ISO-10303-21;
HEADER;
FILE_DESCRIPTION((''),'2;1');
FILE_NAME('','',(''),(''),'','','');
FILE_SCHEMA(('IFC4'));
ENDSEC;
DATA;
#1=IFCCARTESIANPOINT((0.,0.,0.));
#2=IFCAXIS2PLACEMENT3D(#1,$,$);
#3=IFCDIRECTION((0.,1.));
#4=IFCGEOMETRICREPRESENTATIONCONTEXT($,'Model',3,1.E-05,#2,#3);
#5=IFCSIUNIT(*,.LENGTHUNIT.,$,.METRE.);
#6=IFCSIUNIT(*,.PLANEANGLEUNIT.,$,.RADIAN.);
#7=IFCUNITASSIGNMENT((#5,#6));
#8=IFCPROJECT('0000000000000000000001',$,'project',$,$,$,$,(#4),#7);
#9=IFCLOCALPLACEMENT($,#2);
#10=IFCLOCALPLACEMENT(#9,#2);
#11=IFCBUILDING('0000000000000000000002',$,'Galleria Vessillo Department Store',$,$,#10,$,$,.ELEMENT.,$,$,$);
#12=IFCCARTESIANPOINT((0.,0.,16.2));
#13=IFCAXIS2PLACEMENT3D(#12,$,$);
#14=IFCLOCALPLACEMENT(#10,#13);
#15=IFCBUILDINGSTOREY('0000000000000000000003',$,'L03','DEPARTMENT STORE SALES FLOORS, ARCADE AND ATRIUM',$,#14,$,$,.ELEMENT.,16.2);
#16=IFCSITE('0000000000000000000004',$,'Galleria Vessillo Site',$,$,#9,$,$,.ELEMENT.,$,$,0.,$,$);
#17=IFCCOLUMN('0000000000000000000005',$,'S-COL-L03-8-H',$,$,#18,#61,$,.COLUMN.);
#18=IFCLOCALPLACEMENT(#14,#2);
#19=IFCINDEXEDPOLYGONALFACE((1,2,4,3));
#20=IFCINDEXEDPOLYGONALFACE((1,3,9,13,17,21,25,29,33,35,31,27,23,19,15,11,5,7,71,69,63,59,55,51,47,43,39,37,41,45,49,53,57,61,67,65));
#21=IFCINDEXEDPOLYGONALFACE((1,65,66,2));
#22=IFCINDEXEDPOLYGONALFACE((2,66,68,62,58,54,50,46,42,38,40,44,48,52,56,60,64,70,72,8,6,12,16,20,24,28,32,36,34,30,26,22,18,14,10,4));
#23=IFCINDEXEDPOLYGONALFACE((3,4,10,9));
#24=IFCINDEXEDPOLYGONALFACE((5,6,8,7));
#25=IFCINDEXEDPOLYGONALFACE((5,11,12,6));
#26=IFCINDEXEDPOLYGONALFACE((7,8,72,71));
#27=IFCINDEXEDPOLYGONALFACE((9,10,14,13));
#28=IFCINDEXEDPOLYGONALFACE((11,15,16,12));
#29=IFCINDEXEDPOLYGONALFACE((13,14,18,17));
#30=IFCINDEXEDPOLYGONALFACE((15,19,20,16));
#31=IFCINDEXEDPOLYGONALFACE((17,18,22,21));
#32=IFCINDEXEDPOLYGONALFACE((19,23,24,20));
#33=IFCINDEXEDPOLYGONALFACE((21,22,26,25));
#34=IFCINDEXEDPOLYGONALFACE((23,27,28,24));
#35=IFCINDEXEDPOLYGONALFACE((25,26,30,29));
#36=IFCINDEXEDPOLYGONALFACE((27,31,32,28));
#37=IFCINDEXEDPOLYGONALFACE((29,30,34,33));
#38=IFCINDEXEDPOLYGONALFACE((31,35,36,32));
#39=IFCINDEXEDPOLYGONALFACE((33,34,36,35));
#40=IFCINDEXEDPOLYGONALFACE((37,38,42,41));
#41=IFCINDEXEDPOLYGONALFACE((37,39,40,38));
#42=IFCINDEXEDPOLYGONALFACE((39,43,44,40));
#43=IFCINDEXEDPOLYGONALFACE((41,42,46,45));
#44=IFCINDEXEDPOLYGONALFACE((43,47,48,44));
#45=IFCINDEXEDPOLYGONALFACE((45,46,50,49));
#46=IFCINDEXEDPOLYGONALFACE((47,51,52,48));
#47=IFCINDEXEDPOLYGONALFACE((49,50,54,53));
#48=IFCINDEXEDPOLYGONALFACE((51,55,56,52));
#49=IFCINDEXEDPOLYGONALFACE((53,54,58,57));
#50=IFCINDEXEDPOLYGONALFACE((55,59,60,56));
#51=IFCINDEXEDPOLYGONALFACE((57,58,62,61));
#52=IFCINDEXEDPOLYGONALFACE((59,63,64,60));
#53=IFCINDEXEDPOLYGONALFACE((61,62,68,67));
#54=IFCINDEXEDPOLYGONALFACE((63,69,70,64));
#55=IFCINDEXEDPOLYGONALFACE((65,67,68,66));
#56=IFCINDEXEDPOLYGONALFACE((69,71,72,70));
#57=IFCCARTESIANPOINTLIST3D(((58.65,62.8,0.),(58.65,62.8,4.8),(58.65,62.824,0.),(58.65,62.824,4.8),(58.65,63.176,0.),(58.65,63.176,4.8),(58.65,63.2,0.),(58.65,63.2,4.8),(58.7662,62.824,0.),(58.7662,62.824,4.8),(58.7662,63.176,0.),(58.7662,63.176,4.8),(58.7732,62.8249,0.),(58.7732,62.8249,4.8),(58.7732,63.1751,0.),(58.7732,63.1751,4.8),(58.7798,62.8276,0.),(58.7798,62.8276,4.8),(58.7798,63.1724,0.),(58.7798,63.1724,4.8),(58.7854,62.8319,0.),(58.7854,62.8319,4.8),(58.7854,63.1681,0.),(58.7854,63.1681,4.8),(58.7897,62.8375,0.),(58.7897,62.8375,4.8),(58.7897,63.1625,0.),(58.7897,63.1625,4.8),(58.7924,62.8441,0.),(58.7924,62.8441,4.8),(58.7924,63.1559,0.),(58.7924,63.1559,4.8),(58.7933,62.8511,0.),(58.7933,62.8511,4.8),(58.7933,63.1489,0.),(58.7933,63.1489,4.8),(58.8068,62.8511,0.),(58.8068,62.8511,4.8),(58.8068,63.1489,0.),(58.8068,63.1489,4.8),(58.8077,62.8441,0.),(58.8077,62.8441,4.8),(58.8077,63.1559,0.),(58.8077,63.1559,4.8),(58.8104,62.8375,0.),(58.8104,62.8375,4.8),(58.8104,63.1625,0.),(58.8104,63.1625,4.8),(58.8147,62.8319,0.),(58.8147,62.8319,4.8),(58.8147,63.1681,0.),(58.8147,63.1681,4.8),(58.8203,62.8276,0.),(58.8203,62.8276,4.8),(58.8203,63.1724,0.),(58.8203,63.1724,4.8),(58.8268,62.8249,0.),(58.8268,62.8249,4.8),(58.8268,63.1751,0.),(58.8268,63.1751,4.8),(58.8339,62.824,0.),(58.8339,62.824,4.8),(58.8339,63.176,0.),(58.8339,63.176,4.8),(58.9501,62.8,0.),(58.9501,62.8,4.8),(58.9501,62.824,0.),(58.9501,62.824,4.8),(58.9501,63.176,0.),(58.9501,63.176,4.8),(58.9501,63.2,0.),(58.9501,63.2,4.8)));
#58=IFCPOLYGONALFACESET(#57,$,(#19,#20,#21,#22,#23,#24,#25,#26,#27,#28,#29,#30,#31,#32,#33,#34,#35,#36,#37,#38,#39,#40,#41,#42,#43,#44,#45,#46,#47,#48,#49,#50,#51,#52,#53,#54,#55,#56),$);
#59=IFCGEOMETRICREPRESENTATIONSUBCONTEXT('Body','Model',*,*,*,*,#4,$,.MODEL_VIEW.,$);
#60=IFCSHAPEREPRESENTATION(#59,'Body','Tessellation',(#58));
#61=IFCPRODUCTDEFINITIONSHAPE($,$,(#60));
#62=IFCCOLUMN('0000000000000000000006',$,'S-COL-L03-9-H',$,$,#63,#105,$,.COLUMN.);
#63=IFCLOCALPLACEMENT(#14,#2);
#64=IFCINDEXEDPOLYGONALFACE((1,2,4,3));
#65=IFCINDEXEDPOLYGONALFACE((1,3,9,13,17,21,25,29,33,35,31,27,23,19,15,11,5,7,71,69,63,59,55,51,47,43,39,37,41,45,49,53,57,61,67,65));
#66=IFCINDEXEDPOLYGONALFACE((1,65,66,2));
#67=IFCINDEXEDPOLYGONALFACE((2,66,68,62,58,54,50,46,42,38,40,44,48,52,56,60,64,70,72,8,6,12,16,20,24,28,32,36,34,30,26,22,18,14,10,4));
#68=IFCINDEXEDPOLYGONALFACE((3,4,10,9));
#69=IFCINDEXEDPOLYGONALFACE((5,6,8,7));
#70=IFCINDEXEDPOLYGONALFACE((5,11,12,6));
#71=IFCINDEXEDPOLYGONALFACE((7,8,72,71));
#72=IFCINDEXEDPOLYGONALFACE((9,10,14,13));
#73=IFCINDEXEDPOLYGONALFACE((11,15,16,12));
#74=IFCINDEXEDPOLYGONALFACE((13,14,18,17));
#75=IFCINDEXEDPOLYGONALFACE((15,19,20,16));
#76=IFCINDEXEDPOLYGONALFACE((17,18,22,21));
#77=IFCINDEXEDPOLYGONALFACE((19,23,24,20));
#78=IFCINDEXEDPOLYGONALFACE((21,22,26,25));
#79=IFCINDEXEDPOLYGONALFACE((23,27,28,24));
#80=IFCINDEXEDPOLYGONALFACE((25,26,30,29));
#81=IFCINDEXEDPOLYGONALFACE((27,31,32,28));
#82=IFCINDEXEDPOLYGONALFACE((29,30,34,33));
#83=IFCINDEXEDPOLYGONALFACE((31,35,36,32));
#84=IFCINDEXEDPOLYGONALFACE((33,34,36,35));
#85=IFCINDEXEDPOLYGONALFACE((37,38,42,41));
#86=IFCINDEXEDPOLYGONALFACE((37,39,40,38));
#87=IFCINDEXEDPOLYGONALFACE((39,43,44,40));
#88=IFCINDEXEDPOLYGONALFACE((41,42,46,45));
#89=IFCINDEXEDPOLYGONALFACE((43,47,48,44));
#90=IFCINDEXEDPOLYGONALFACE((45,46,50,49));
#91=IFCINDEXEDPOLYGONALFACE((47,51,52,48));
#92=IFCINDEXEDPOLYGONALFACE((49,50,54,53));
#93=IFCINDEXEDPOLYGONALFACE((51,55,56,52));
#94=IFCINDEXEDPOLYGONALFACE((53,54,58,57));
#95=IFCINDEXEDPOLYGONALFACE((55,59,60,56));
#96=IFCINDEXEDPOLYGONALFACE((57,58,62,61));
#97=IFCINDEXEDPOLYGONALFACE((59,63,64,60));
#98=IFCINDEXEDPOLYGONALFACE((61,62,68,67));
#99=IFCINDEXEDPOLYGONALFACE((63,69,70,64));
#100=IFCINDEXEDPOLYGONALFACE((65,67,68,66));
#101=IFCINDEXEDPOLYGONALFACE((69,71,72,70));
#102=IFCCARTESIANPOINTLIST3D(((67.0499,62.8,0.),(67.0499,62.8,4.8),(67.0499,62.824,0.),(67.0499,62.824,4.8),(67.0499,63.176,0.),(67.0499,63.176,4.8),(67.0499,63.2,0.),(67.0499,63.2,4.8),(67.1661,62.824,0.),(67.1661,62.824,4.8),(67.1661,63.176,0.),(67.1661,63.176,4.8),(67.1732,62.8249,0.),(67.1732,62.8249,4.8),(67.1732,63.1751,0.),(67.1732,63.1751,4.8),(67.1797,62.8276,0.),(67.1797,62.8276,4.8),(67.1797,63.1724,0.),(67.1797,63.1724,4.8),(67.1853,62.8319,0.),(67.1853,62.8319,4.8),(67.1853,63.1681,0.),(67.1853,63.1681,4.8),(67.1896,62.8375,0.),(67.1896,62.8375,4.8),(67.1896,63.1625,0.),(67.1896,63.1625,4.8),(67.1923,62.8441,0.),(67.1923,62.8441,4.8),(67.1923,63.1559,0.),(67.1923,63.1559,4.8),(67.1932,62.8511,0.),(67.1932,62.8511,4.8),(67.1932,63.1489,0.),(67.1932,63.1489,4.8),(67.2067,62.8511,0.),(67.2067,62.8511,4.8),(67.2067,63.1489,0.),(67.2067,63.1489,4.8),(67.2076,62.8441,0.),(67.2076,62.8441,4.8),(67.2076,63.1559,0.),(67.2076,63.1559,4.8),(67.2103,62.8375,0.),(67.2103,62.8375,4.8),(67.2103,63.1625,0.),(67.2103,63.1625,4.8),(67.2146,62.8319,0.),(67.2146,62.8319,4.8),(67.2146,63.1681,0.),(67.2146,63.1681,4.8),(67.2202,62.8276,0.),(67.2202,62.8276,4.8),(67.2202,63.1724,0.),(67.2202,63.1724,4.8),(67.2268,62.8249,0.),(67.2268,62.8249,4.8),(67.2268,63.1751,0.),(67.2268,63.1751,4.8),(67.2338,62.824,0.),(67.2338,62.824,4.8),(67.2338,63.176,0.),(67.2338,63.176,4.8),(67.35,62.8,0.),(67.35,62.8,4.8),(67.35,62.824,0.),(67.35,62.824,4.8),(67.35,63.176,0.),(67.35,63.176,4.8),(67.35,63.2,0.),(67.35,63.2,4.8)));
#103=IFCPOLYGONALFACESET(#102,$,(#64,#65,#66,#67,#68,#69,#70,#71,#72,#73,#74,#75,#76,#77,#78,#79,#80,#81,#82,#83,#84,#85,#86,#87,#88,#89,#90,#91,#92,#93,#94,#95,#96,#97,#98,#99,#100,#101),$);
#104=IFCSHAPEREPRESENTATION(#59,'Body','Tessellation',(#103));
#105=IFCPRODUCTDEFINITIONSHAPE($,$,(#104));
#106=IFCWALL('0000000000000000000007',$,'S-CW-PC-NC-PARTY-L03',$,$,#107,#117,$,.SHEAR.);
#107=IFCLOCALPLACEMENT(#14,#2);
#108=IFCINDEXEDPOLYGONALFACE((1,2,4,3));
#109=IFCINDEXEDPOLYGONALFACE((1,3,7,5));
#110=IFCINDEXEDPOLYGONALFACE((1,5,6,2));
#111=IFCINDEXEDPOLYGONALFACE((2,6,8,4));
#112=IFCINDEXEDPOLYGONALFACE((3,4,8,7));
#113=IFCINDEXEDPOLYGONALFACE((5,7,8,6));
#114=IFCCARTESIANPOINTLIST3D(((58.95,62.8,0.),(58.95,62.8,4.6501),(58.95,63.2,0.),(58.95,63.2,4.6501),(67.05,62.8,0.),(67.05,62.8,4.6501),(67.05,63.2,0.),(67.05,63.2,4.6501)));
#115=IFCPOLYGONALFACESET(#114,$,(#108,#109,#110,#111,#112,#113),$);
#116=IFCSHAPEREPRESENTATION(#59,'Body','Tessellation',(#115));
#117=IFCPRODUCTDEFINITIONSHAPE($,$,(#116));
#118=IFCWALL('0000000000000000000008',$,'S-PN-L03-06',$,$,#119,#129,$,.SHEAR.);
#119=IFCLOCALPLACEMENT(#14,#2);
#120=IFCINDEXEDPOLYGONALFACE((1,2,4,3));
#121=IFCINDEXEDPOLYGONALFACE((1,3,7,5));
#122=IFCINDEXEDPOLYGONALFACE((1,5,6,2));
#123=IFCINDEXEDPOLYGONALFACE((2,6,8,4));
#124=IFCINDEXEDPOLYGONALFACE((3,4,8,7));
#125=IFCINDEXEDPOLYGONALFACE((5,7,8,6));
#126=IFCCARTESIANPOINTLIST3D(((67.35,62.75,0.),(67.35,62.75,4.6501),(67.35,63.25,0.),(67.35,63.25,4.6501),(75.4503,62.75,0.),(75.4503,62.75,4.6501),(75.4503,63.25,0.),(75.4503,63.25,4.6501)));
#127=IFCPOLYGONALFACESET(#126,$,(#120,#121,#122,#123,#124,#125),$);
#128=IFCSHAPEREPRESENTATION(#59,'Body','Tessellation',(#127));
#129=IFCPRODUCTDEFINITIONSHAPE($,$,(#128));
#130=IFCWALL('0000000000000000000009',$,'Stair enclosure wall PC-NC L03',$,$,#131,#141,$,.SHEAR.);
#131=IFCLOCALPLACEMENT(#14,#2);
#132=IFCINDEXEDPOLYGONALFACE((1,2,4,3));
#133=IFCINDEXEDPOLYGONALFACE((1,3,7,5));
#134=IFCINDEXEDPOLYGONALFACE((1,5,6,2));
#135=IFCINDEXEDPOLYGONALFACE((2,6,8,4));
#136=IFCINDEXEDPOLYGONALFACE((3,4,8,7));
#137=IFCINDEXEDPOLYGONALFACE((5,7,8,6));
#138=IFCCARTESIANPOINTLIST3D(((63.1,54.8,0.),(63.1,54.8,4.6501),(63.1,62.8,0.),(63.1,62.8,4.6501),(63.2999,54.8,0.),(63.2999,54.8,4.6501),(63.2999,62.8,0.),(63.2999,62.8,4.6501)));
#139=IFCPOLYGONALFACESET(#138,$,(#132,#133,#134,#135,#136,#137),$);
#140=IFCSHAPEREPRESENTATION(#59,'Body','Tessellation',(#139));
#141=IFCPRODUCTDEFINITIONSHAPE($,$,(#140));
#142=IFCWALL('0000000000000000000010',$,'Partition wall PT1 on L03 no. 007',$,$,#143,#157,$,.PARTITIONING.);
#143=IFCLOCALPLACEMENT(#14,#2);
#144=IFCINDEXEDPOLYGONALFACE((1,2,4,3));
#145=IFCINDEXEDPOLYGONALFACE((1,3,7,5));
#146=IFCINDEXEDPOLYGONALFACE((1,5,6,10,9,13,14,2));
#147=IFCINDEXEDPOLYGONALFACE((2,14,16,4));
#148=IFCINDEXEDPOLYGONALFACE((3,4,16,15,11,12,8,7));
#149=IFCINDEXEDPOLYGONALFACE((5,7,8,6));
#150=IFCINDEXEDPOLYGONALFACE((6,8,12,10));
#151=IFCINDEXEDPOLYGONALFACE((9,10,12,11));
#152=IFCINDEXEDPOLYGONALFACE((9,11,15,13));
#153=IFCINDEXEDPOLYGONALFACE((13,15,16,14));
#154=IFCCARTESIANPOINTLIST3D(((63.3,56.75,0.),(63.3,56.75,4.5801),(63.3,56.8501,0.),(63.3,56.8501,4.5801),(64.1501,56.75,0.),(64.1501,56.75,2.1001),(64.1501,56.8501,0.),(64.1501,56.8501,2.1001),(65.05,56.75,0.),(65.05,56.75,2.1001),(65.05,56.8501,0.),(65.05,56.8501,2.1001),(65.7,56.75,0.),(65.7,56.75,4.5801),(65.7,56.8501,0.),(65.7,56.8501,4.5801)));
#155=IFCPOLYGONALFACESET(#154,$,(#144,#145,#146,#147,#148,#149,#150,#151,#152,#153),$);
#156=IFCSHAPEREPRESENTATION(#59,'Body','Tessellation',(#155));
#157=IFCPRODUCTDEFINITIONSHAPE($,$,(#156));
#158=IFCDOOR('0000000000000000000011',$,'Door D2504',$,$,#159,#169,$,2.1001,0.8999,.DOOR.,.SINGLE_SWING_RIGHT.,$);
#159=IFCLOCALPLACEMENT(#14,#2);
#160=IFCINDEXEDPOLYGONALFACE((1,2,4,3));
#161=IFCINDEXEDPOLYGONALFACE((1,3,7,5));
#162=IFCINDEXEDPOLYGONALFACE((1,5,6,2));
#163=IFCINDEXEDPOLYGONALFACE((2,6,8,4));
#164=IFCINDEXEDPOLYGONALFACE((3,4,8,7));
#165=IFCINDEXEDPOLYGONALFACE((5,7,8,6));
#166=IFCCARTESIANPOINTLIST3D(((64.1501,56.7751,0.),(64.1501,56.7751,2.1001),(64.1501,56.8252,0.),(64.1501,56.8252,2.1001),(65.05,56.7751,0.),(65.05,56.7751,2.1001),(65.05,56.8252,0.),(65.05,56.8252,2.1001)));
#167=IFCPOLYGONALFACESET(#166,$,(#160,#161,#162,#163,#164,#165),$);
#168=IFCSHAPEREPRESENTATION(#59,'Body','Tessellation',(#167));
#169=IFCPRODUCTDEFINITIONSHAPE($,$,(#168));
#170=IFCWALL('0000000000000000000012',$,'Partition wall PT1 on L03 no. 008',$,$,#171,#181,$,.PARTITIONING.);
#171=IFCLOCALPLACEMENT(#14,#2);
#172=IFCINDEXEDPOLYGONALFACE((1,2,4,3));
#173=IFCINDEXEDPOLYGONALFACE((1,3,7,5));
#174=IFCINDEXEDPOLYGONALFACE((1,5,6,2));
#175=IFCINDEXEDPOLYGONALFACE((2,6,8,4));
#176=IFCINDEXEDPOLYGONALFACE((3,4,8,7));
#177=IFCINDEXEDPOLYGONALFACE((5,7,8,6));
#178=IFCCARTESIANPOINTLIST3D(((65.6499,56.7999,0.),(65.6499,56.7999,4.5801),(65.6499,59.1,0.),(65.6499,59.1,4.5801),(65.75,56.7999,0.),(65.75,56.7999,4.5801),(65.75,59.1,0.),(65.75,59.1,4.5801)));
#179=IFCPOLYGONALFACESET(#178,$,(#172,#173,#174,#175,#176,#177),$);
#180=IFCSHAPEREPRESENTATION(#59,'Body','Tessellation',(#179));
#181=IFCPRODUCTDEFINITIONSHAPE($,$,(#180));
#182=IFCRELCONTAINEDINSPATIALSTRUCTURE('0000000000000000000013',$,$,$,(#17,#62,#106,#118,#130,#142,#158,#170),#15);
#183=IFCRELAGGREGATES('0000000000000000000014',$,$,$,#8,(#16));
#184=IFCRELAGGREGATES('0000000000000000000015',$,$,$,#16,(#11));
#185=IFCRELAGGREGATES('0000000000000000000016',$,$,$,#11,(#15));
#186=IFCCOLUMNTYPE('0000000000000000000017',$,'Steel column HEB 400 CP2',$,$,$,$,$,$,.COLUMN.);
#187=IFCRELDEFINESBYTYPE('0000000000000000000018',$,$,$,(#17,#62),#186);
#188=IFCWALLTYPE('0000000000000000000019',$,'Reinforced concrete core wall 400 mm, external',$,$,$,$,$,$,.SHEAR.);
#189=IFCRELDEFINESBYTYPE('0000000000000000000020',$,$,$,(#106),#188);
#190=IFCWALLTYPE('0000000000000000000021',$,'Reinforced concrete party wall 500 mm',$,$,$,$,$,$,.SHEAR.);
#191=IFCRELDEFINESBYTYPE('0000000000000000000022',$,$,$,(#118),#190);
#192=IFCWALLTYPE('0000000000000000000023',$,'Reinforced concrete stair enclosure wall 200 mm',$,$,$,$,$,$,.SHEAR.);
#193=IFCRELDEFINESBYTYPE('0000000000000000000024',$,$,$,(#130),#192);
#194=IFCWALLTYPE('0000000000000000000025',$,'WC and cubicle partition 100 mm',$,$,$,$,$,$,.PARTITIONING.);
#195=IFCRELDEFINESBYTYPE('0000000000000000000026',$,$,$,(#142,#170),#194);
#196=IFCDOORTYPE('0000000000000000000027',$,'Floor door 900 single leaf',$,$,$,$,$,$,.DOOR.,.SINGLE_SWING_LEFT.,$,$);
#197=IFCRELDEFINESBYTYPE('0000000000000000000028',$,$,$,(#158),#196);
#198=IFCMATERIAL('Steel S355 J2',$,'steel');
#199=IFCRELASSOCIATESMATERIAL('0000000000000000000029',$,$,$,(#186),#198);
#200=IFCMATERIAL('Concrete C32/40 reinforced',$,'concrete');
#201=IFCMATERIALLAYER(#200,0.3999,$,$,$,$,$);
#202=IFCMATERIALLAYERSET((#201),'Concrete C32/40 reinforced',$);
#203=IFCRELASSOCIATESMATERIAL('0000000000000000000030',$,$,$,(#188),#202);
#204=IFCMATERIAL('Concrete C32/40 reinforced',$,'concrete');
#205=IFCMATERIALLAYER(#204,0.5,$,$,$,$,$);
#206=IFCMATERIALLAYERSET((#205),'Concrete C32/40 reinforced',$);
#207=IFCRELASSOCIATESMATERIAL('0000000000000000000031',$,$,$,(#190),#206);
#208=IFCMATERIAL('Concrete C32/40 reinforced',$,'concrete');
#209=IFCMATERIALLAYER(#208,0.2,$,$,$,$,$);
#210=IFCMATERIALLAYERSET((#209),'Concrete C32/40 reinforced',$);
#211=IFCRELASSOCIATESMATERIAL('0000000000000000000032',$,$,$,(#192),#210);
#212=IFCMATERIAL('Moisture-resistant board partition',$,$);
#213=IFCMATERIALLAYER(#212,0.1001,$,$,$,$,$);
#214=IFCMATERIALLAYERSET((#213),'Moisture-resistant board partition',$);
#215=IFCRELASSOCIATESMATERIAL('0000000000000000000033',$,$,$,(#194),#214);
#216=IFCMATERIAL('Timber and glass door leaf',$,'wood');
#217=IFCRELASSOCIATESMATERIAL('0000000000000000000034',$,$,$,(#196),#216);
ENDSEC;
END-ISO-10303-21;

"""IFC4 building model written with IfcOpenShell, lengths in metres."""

from ifc_helpers import new_model, si_unit, direction, frame, frame_2d, origin, origin_2d, place, context, subcontext, project, spatial, rectangle, i_section, extrude, material, layer, layer_set, material_profile, profile_set, type_object, element, fill, save


model = new_model("IFC4")

# Units and contexts
model_context = context("Model", 3, precision=1e-05, world=origin(), true_north=direction((0.0, 1.0)))
body_context = subcontext(model_context, "Body", "Model", "MODEL_VIEW")
ifc_project = project(units=[si_unit("LENGTHUNIT", "METRE"), si_unit("PLANEANGLEUNIT", "RADIAN")], contexts=[model_context])

# Site, building, storey
site_placement = place(None, origin())
site = spatial("IfcSite", under=ifc_project, at=site_placement, Name="Galleria Vessillo Site", CompositionType="ELEMENT", RefElevation=0.0)
building_placement = place(site_placement, origin())
building = spatial("IfcBuilding", under=site, at=building_placement, Name="Galleria Vessillo Department Store", CompositionType="ELEMENT")
storey_placement = place(building_placement, frame((0.0, 0.0, 16.2)))
storey = spatial("IfcBuildingStorey", under=building, at=storey_placement, Name="L03", Description="DEPARTMENT STORE SALES FLOORS, ARCADE AND ATRIUM", CompositionType="ELEMENT", Elevation=16.2)

# Columns
ifc_material_1 = material(Name="Steel S355 J2", Category="steel")
ifc_material_profile = material_profile(ifc_material_1, i_section(OverallWidth=0.3, OverallDepth=0.3999, WebThickness=0.0134, FlangeThickness=0.0239, FilletRadius=0.0271, at=origin_2d()), Name="HEB 400")
ifc_profile_set = profile_set([ifc_material_profile], Name="Steel S355 J2")
column_type = type_object("IfcColumnType", Name="Steel column HEB 400 CP2", PredefinedType="COLUMN", material=ifc_profile_set)
for number, where, z_axis, x_axis, name in (
    (1, (58.8, 63.0, 0.0), (0.0, 0.0, 1.0), (1.0, 0.0, 0.0), "S-COL-L03-8-H"),
    (2, (67.2, 63.0, 0.0), (0.0, 0.0, 1.0), (1.0, 0.0, 0.0), "S-COL-L03-9-H"),
):
    element("IfcColumn", number, at=place(storey_placement, frame(where, z_axis=z_axis, x_axis=x_axis)), inside=storey, type_object=column_type, Name=name, PredefinedType="COLUMN", context=body_context, shape_type="SweptSolid", body=[
        extrude(i_section(OverallWidth=0.3, OverallDepth=0.3999, WebThickness=0.0134, FlangeThickness=0.0239, FilletRadius=0.0271, at=origin_2d()), origin(), (0.0, 0.0, 1.0), 4.8),
    ])

# Walls
ifc_material_2 = material(Name="Concrete C32/40 reinforced", Category="concrete")
ifc_layer_1 = layer(ifc_material_2, 0.3999)
ifc_layer_set_1 = layer_set([ifc_layer_1], Name="Concrete C32/40 reinforced")
wall_type_1 = type_object("IfcWallType", Name="Reinforced concrete core wall 400 mm, external", PredefinedType="SHEAR", material=ifc_layer_set_1)
wall_1_placement = place(storey_placement, frame((58.95, 63.0, 0.0), z_axis=(0.0, 0.0, 1.0), x_axis=(1.0, 0.0, 0.0)))
element("IfcWall", 3, at=wall_1_placement, inside=storey, type_object=wall_type_1, Name="S-CW-PC-NC-PARTY-L03", PredefinedType="SHEAR", context=body_context, shape_type="SweptSolid", body=[
    extrude(rectangle(XDim=8.1001, YDim=0.3999, at=frame_2d((4.05, 0.0))), origin(), (0.0, 0.0, 1.0), 4.6501),
])
ifc_material_3 = material(Name="Concrete C32/40 reinforced", Category="concrete")
ifc_layer_2 = layer(ifc_material_3, 0.5)
ifc_layer_set_2 = layer_set([ifc_layer_2], Name="Concrete C32/40 reinforced")
wall_type_2 = type_object("IfcWallType", Name="Reinforced concrete party wall 500 mm", PredefinedType="SHEAR", material=ifc_layer_set_2)
wall_2_placement = place(storey_placement, frame((67.3499, 63.0, 0.0), z_axis=(0.0, 0.0, 1.0), x_axis=(1.0, 0.0, 0.0)))
element("IfcWall", 4, at=wall_2_placement, inside=storey, type_object=wall_type_2, Name="S-PN-L03-06", PredefinedType="SHEAR", context=body_context, shape_type="SweptSolid", body=[
    extrude(rectangle(XDim=8.1003, YDim=0.5, at=frame_2d((4.0503, 0.0))), origin(), (0.0, 0.0, 1.0), 4.6501),
])
ifc_material_4 = material(Name="Concrete C32/40 reinforced", Category="concrete")
ifc_layer_3 = layer(ifc_material_4, 0.2)
ifc_layer_set_3 = layer_set([ifc_layer_3], Name="Concrete C32/40 reinforced")
wall_type_3 = type_object("IfcWallType", Name="Reinforced concrete stair enclosure wall 200 mm", PredefinedType="SHEAR", material=ifc_layer_set_3)
wall_3_placement = place(storey_placement, frame((63.2, 62.8, 0.0), z_axis=(0.0, 0.0, 1.0), x_axis=(0.0, -1.0, 0.0)))
element("IfcWall", 5, at=wall_3_placement, inside=storey, type_object=wall_type_3, Name="Stair enclosure wall PC-NC L03", PredefinedType="SHEAR", context=body_context, shape_type="SweptSolid", body=[
    extrude(rectangle(XDim=8.0, YDim=0.2, at=frame_2d((4.0, 0.0))), origin(), (0.0, 0.0, 1.0), 4.6501),
])

# Wall, opening, door
ifc_material_5 = material(Name="Moisture-resistant board partition")
ifc_layer_4 = layer(ifc_material_5, 0.1001)
ifc_layer_set_4 = layer_set([ifc_layer_4], Name="Moisture-resistant board partition")
wall_type_4 = type_object("IfcWallType", Name="WC and cubicle partition 100 mm", PredefinedType="PARTITIONING", material=ifc_layer_set_4)
wall_4_placement = place(storey_placement, frame((63.3, 56.8, 0.0), z_axis=(0.0, 0.0, 1.0), x_axis=(1.0, 0.0, 0.0)))
wall_4 = element("IfcWall", 6, at=wall_4_placement, inside=storey, type_object=wall_type_4, Name="Partition wall PT1 on L03 no. 007", PredefinedType="PARTITIONING", context=body_context, shape_type="SweptSolid", body=[
    extrude(rectangle(XDim=2.3999, YDim=0.1001, at=frame_2d((1.2, 0.0))), origin(), (0.0, 0.0, 1.0), 4.5801),
])
opening_1_placement = place(wall_4_placement, frame((0.8501, 0.0, 0.0)))
opening_1 = element("IfcOpeningElement", 7, at=opening_1_placement, cuts=wall_4, PredefinedType="OPENING", context=body_context, shape_type="SweptSolid", body=[
    extrude(rectangle(XDim=0.8999, YDim=2.1001, at=frame_2d((0.45, 1.05))), frame((0.0, 0.0601, 0.0), z_axis=(0.0, -1.0, 0.0), x_axis=(1.0, 0.0, 0.0)), (0.0, 0.0, 1.0), 0.1201),
])
ifc_material_6 = material(Name="Timber and glass door leaf", Category="wood")
door_type_1 = type_object("IfcDoorType", Name="Floor door 900 single leaf", OperationType="SINGLE_SWING_LEFT", PredefinedType="DOOR", material=ifc_material_6)
door_1_placement = place(opening_1_placement, frame((0.8999, 0.0, 0.0), z_axis=(0.0, 0.0, 1.0), x_axis=(-1.0, 0.0, 0.0)))
door_1 = element("IfcDoor", 8, at=door_1_placement, inside=storey, type_object=door_type_1, Name="Door D2504", OperationType="SINGLE_SWING_RIGHT", OverallHeight=2.1001, OverallWidth=0.8999, PredefinedType="DOOR", context=body_context, shape_type="SweptSolid", body=[
    extrude(rectangle(XDim=0.8999, YDim=2.1001, at=frame_2d((0.45, 1.05))), frame((0.0, 0.0249, 0.0), z_axis=(0.0, -1.0, 0.0), x_axis=(1.0, 0.0, 0.0)), (0.0, 0.0, 1.0), 0.05),
])
fill(opening_1, door_1)

# Wall
wall_5_placement = place(storey_placement, frame((65.7, 56.8, 0.0), z_axis=(0.0, 0.0, 1.0), x_axis=(0.0, 1.0, 0.0)))
element("IfcWall", 9, at=wall_5_placement, inside=storey, type_object=wall_type_4, Name="Partition wall PT1 on L03 no. 008", PredefinedType="PARTITIONING", context=body_context, shape_type="SweptSolid", body=[
    extrude(rectangle(XDim=2.3, YDim=0.1001, at=frame_2d((1.1499, 0.0))), origin(), (0.0, 0.0, 1.0), 4.5801),
])

save(model, "model.ifc")
